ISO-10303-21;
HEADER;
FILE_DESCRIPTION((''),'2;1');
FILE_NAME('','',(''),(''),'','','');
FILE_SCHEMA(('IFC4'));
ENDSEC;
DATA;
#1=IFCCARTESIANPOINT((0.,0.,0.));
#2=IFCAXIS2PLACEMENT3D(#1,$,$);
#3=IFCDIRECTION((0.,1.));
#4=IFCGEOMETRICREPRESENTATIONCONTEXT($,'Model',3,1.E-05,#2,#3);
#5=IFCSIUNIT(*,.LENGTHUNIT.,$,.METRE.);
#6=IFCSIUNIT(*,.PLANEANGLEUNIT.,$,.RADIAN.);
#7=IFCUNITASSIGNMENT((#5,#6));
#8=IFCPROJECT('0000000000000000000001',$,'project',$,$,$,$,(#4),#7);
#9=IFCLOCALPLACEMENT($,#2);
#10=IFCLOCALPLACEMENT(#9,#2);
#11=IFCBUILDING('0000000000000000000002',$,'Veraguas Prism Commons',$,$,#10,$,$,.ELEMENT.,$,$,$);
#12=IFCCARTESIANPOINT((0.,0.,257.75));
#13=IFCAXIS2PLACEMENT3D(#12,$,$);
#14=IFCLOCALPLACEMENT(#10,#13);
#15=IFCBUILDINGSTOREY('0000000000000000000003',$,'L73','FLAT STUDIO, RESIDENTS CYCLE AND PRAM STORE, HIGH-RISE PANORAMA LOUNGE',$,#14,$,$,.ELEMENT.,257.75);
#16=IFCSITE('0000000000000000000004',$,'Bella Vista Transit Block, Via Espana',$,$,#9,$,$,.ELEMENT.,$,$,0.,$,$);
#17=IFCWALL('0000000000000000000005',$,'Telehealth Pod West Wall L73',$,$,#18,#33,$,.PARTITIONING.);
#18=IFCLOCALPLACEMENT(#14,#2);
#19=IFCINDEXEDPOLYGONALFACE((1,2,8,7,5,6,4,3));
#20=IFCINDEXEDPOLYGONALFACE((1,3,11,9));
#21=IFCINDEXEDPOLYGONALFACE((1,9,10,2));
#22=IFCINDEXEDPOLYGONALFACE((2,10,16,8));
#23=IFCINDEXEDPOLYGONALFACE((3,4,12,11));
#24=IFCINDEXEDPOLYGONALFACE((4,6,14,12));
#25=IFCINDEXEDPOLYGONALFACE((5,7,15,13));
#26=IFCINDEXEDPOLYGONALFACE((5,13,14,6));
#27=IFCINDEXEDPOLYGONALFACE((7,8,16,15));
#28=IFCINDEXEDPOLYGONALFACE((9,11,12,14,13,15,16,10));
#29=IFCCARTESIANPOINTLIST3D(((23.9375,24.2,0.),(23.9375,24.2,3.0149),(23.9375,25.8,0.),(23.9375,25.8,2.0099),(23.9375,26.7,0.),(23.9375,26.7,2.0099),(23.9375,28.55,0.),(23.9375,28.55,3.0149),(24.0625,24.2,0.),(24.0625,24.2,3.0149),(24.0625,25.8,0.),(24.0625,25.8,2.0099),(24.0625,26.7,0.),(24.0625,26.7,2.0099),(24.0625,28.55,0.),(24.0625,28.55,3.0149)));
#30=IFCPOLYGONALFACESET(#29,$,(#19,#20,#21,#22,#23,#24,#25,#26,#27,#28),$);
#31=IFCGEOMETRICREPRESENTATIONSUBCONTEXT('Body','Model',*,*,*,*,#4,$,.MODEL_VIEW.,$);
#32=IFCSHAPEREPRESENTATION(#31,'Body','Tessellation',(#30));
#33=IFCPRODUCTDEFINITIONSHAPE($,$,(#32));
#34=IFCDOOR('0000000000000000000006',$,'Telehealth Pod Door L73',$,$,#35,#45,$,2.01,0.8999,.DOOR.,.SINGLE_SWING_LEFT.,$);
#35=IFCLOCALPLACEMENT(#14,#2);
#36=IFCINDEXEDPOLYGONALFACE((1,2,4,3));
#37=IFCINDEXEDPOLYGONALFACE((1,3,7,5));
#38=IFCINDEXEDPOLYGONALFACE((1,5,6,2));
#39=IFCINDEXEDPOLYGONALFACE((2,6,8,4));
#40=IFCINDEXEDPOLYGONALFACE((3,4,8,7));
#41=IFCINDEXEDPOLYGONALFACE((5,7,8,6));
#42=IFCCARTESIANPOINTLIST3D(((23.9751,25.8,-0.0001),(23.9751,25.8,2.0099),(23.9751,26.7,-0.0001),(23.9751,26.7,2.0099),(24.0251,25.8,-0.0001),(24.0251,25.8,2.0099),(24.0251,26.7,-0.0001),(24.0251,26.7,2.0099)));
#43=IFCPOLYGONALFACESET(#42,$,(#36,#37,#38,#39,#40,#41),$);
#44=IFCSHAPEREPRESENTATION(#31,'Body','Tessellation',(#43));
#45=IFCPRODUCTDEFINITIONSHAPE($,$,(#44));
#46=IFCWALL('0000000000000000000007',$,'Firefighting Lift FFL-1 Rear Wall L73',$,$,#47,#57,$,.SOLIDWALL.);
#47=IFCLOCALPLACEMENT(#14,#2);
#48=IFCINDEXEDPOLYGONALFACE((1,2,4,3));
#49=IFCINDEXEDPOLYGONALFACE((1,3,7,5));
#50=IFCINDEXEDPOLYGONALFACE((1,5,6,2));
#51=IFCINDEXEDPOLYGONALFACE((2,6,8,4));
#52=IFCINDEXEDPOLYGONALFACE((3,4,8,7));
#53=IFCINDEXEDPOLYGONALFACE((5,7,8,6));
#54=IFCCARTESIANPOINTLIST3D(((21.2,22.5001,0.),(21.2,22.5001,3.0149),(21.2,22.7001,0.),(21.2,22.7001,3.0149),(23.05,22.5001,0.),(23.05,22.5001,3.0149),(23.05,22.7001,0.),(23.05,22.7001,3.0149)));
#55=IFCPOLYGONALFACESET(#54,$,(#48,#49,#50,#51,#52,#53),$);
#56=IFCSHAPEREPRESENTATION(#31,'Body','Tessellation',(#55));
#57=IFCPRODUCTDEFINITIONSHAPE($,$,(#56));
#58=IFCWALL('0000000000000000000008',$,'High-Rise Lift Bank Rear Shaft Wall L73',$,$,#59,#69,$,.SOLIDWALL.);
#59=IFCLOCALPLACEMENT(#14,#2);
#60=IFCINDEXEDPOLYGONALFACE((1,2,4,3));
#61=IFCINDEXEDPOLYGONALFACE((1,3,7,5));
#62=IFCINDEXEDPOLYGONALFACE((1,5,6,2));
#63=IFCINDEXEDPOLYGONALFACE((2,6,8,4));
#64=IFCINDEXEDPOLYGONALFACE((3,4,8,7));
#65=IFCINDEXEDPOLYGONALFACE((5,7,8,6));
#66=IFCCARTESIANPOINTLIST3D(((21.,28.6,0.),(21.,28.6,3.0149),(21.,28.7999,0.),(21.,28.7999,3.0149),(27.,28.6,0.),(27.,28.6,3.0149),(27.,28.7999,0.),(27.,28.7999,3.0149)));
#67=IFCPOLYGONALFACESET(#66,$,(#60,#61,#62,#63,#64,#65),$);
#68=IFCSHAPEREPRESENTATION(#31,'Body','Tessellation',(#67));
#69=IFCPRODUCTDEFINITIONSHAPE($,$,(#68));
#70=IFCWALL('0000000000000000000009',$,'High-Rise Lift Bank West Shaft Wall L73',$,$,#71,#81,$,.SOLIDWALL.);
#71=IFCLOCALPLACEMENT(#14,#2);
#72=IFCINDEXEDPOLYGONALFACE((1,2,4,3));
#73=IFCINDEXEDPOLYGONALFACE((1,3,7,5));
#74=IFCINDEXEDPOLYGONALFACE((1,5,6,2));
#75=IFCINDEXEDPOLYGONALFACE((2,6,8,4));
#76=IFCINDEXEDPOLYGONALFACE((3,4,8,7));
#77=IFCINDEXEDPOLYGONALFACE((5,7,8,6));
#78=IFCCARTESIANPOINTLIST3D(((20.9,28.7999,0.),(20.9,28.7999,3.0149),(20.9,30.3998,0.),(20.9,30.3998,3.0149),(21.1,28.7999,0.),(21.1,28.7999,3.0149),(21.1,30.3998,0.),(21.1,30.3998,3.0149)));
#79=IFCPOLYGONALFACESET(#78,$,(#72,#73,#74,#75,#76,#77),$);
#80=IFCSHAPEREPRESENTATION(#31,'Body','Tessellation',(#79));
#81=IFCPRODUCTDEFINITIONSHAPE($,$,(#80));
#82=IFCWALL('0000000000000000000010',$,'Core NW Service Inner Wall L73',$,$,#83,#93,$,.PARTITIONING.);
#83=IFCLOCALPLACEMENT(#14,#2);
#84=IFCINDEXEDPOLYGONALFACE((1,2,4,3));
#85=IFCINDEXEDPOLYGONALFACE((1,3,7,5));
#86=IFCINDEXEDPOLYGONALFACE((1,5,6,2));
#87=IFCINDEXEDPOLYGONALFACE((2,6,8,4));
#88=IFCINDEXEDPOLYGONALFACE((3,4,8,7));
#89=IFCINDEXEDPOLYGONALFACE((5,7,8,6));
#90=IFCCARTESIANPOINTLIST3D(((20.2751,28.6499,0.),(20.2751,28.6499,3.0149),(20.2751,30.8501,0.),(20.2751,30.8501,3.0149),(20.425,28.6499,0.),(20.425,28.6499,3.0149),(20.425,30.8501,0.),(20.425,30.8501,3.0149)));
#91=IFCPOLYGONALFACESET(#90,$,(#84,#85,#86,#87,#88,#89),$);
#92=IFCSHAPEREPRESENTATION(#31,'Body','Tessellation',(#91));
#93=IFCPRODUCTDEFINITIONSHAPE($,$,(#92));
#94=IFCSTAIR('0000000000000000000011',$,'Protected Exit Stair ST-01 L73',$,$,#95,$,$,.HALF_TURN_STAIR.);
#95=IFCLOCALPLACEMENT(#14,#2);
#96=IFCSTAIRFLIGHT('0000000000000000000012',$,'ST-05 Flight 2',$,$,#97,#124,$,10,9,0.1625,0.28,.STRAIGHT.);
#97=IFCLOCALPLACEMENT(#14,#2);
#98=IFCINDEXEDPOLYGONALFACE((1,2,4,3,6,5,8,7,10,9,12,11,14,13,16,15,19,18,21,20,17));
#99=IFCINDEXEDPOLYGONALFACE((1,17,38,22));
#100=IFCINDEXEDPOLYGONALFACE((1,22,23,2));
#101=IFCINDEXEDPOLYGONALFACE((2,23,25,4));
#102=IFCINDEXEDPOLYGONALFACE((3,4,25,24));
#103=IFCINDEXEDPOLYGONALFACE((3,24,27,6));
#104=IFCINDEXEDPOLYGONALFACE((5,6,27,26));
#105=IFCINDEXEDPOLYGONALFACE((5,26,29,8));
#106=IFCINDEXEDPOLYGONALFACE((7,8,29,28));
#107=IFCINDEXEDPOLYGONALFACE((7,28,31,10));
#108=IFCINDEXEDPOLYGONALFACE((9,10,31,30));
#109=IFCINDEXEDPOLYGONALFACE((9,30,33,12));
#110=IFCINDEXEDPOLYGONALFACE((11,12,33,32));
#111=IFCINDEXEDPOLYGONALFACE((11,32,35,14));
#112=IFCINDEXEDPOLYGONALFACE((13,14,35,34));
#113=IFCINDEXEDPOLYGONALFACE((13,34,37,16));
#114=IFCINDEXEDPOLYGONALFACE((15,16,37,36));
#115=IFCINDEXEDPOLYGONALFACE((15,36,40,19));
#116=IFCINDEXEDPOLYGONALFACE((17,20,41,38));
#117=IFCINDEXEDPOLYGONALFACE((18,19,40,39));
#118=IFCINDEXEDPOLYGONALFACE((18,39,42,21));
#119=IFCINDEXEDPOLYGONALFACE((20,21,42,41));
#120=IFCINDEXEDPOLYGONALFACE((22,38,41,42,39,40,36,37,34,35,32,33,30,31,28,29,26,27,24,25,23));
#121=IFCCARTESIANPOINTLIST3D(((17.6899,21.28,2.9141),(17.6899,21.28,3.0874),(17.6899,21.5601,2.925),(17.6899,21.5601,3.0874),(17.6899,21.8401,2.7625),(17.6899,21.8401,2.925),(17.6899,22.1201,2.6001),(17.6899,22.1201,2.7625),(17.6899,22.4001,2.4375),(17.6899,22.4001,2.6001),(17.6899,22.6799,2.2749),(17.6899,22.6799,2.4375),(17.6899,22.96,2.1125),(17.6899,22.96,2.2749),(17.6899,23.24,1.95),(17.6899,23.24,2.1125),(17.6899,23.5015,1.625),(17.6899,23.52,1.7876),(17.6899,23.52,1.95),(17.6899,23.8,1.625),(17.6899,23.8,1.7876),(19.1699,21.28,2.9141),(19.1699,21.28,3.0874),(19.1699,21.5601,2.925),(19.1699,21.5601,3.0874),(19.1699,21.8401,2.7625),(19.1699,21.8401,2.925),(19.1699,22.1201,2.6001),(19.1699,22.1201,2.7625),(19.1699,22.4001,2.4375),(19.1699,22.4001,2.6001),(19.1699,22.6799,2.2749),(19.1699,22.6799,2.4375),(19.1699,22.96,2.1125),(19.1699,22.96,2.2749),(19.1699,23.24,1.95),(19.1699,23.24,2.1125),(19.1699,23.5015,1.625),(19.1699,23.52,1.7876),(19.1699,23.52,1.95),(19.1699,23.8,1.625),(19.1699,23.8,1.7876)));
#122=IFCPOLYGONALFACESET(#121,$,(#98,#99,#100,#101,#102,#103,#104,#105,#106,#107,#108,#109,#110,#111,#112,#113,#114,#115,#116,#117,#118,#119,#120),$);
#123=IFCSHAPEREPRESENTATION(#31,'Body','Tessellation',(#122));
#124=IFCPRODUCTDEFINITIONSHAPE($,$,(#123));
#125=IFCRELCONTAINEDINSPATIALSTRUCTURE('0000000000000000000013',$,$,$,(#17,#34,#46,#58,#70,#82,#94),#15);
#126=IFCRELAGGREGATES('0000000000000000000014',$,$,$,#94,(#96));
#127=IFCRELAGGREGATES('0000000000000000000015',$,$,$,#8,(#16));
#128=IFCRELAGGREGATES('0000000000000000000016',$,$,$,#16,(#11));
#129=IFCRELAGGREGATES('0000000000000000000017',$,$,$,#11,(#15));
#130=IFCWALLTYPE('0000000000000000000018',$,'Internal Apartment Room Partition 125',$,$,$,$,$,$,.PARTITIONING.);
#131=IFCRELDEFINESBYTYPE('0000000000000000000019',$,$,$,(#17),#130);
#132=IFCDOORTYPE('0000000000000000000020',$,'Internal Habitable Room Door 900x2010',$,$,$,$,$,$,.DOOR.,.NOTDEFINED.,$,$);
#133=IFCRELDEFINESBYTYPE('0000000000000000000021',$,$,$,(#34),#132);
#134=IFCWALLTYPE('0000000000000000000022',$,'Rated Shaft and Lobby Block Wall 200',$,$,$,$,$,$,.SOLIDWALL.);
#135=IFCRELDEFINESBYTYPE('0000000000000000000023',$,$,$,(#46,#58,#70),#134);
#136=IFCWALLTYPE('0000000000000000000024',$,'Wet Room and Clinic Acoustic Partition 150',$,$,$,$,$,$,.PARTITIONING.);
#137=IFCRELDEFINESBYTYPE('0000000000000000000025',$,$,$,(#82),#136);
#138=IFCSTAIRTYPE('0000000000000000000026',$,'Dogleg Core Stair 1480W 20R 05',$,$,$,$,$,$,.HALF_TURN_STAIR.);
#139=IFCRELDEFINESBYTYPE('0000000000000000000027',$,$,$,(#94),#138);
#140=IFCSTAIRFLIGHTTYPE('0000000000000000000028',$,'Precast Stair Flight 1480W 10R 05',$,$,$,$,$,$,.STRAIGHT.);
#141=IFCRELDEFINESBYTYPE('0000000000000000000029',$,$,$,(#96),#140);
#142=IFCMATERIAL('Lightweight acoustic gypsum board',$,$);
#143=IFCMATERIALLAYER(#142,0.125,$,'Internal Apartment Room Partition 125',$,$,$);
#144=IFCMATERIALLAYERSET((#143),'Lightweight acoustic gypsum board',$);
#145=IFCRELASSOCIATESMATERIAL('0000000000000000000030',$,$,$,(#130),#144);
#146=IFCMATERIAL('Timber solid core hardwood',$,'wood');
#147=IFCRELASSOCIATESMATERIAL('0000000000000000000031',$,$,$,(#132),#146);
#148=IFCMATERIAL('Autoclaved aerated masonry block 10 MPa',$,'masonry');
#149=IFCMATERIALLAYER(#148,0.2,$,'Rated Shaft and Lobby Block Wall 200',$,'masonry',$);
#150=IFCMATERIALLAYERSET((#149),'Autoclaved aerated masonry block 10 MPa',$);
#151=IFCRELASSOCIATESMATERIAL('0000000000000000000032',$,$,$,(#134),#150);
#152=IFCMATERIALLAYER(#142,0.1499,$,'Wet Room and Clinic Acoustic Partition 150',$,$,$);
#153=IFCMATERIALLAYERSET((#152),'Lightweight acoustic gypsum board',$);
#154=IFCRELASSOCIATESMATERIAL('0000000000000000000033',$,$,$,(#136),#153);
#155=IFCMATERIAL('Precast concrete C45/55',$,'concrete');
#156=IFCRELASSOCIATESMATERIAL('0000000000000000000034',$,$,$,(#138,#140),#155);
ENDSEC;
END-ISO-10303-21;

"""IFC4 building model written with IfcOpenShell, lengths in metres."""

from ifc_helpers import new_model, si_unit, direction, frame, frame_2d, origin, place, context, subcontext, project, spatial, polyline, rectangle, outline, extrude, source, transform, mapped, material, layer, layer_set, type_object, element, fill, aggregate, save


model = new_model("IFC4")

# Units and contexts
model_context = context("Model", 3, precision=1e-05, world=origin(), true_north=direction((0.0, 1.0)))
body_context = subcontext(model_context, "Body", "Model", "MODEL_VIEW")
ifc_project = project(units=[si_unit("LENGTHUNIT", "METRE"), si_unit("PLANEANGLEUNIT", "RADIAN")], contexts=[model_context])

# Site, building, storey
site_placement = place(None, origin())
site = spatial("IfcSite", under=ifc_project, at=site_placement, Name="Bella Vista Transit Block, Via Espana", CompositionType="ELEMENT", RefElevation=0.0)
building_placement = place(site_placement, origin())
building = spatial("IfcBuilding", under=site, at=building_placement, Name="Veraguas Prism Commons", CompositionType="ELEMENT")
storey_placement = place(building_placement, frame((0.0, 0.0, 257.75)))
storey = spatial("IfcBuildingStorey", under=building, at=storey_placement, Name="L73", Description="FLAT STUDIO, RESIDENTS CYCLE AND PRAM STORE, HIGH-RISE PANORAMA LOUNGE", CompositionType="ELEMENT", Elevation=257.75)

# Wall, opening, door
ifc_material_1 = material(Name="Autoclaved aerated masonry block 10 MPa", Category="masonry")
shared_shape_1 = source(origin(), body_context, "Body", "SweptSolid", [
    extrude(rectangle(XDim=0.8999, YDim=2.01, at=frame_2d((0.45, 1.0049))), frame((0.0, 0.0249, 0.0), z_axis=(0.0, -1.0, 0.0), x_axis=(1.0, 0.0, 0.0)), (0.0, 0.0, 1.0), 0.05),
])
ifc_material_2 = material(Name="Lightweight acoustic gypsum board")
ifc_layer_1 = layer(ifc_material_2, 0.125, Name="Internal Apartment Room Partition 125")
ifc_layer_set_1 = layer_set([ifc_layer_1], Name="Lightweight acoustic gypsum board")
wall_type_1 = type_object("IfcWallType", Name="Internal Apartment Room Partition 125", PredefinedType="PARTITIONING", material=ifc_layer_set_1)
wall_1_placement = place(storey_placement, frame((24.0, 24.2, 0.0), z_axis=(0.0, 0.0, 1.0), x_axis=(0.0, 1.0, 0.0)))
wall_1 = element("IfcWall", 1, at=wall_1_placement, inside=storey, type_object=wall_type_1, Name="Telehealth Pod West Wall L73", PredefinedType="PARTITIONING", context=body_context, shape_type="SweptSolid", body=[
    extrude(rectangle(XDim=4.3501, YDim=0.125, at=frame_2d((2.175, 0.0))), origin(), (0.0, 0.0, 1.0), 3.0149),
])
opening_1_placement = place(wall_1_placement, frame((1.6001, 0.0, 0.0)))
opening_1 = element("IfcOpeningElement", 2, at=opening_1_placement, cuts=wall_1, PredefinedType="OPENING", context=body_context, shape_type="SweptSolid", body=[
    extrude(rectangle(XDim=0.8999, YDim=2.01, at=frame_2d((0.45, 1.0049))), frame((0.0, 0.0725, 0.0), z_axis=(0.0, -1.0, 0.0), x_axis=(1.0, 0.0, 0.0)), (0.0, 0.0, 1.0), 0.145),
])
ifc_material_3 = material(Name="Timber solid core hardwood", Category="wood")
door_type_1 = type_object("IfcDoorType", Name="Internal Habitable Room Door 900x2010", OperationType="NOTDEFINED", PredefinedType="DOOR", material=ifc_material_3)
door_1_placement = place(opening_1_placement, origin())
door_1 = element("IfcDoor", 3, at=door_1_placement, inside=storey, type_object=door_type_1, Name="Telehealth Pod Door L73", OperationType="SINGLE_SWING_LEFT", OverallHeight=2.01, OverallWidth=0.8999, PredefinedType="DOOR", context=body_context, shape_type="MappedRepresentation", body=[
    mapped(shared_shape_1, transform((0.0, 0.0, 0.0), scale=1.0)),
])
fill(opening_1, door_1)

# Walls
ifc_layer_2 = layer(ifc_material_1, 0.2, Name="Rated Shaft and Lobby Block Wall 200", Category="masonry")
ifc_layer_set_2 = layer_set([ifc_layer_2], Name="Autoclaved aerated masonry block 10 MPa")
wall_type_2 = type_object("IfcWallType", Name="Rated Shaft and Lobby Block Wall 200", PredefinedType="SOLIDWALL", material=ifc_layer_set_2)
wall_2_placement = place(storey_placement, frame((21.2, 22.6001, 0.0), z_axis=(0.0, 0.0, 1.0), x_axis=(1.0, 0.0, 0.0)))
element("IfcWall", 4, at=wall_2_placement, inside=storey, type_object=wall_type_2, Name="Firefighting Lift FFL-1 Rear Wall L73", PredefinedType="SOLIDWALL", context=body_context, shape_type="SweptSolid", body=[
    extrude(rectangle(XDim=1.8501, YDim=0.2, at=frame_2d((0.925, 0.0))), origin(), (0.0, 0.0, 1.0), 3.0149),
])
wall_3_placement = place(storey_placement, frame((21.0, 28.7, 0.0), z_axis=(0.0, 0.0, 1.0), x_axis=(1.0, 0.0, 0.0)))
element("IfcWall", 5, at=wall_3_placement, inside=storey, type_object=wall_type_2, Name="High-Rise Lift Bank Rear Shaft Wall L73", PredefinedType="SOLIDWALL", context=body_context, shape_type="SweptSolid", body=[
    extrude(rectangle(XDim=6.0, YDim=0.2, at=frame_2d((3.0, 0.0))), origin(), (0.0, 0.0, 1.0), 3.0149),
])
wall_4_placement = place(storey_placement, frame((21.0, 28.8, 0.0), z_axis=(0.0, 0.0, 1.0), x_axis=(0.0, 1.0, 0.0)))
element("IfcWall", 6, at=wall_4_placement, inside=storey, type_object=wall_type_2, Name="High-Rise Lift Bank West Shaft Wall L73", PredefinedType="SOLIDWALL", context=body_context, shape_type="SweptSolid", body=[
    extrude(rectangle(XDim=1.5999, YDim=0.2, at=frame_2d((0.7998, 0.0))), origin(), (0.0, 0.0, 1.0), 3.0149),
])
ifc_layer_3 = layer(ifc_material_2, 0.1499, Name="Wet Room and Clinic Acoustic Partition 150")
ifc_layer_set_3 = layer_set([ifc_layer_3], Name="Lightweight acoustic gypsum board")
wall_type_3 = type_object("IfcWallType", Name="Wet Room and Clinic Acoustic Partition 150", PredefinedType="PARTITIONING", material=ifc_layer_set_3)
wall_5_placement = place(storey_placement, frame((20.3501, 28.6499, 0.0), z_axis=(0.0, 0.0, 1.0), x_axis=(0.0, 1.0, 0.0)))
element("IfcWall", 7, at=wall_5_placement, inside=storey, type_object=wall_type_3, Name="Core NW Service Inner Wall L73", PredefinedType="PARTITIONING", context=body_context, shape_type="SweptSolid", body=[
    extrude(rectangle(XDim=2.2002, YDim=0.1499, at=frame_2d((1.1001, 0.0))), origin(), (0.0, 0.0, 1.0), 3.0149),
])

# Stair, stair flight
ifc_material_4 = material(Name="Precast concrete C45/55", Category="concrete")
stair_type = type_object("IfcStairType", Name="Dogleg Core Stair 1480W 20R 05", PredefinedType="HALF_TURN_STAIR", material=ifc_material_4)
stair_placement = place(storey_placement, origin())
stair = element("IfcStair", 8, at=stair_placement, inside=storey, type_object=stair_type, Name="Protected Exit Stair ST-01 L73", PredefinedType="HALF_TURN_STAIR")
stair_flight_type = type_object("IfcStairFlightType", Name="Precast Stair Flight 1480W 10R 05", PredefinedType="STRAIGHT", material=ifc_material_4)
stair_flight_placement = place(storey_placement, frame((18.4299, 23.8, 1.625), z_axis=(0.0, 0.0, 1.0), x_axis=(0.0, -1.0, 0.0)))
stair_flight = element("IfcStairFlight", 9, at=stair_flight_placement, type_object=stair_flight_type, Name="ST-05 Flight 2", NumberOfRisers=10, NumberOfTreads=9, PredefinedType="STRAIGHT", RiserHeight=0.1625, TreadLength=0.28, context=body_context, shape_type="SweptSolid", body=[
    extrude(outline(polyline([(0.0, 0.0), (0.0, 0.1626), (0.28, 0.1626), (0.28, 0.325), (0.5601, 0.325), (0.5601, 0.4875), (0.8401, 0.4875), (0.8401, 0.6499), (1.1201, 0.6499), (1.1201, 0.8125), (1.3999, 0.8125), (1.3999, 0.9751), (1.6799, 0.9751), (1.6799, 1.1375), (1.96, 1.1375), (1.96, 1.3), (2.24, 1.3), (2.24, 1.4624), (2.52, 1.4624), (2.52, 1.625), (2.52, 1.2891), (0.2986, 0.0), (0.0, 0.0)])), frame((0.0, 0.74, 0.0), z_axis=(0.0, -1.0, 0.0), x_axis=(1.0, 0.0, 0.0)), (0.0, 0.0, 1.0), 1.48),
])
aggregate(stair, [stair_flight])

save(model, "model.ifc")
